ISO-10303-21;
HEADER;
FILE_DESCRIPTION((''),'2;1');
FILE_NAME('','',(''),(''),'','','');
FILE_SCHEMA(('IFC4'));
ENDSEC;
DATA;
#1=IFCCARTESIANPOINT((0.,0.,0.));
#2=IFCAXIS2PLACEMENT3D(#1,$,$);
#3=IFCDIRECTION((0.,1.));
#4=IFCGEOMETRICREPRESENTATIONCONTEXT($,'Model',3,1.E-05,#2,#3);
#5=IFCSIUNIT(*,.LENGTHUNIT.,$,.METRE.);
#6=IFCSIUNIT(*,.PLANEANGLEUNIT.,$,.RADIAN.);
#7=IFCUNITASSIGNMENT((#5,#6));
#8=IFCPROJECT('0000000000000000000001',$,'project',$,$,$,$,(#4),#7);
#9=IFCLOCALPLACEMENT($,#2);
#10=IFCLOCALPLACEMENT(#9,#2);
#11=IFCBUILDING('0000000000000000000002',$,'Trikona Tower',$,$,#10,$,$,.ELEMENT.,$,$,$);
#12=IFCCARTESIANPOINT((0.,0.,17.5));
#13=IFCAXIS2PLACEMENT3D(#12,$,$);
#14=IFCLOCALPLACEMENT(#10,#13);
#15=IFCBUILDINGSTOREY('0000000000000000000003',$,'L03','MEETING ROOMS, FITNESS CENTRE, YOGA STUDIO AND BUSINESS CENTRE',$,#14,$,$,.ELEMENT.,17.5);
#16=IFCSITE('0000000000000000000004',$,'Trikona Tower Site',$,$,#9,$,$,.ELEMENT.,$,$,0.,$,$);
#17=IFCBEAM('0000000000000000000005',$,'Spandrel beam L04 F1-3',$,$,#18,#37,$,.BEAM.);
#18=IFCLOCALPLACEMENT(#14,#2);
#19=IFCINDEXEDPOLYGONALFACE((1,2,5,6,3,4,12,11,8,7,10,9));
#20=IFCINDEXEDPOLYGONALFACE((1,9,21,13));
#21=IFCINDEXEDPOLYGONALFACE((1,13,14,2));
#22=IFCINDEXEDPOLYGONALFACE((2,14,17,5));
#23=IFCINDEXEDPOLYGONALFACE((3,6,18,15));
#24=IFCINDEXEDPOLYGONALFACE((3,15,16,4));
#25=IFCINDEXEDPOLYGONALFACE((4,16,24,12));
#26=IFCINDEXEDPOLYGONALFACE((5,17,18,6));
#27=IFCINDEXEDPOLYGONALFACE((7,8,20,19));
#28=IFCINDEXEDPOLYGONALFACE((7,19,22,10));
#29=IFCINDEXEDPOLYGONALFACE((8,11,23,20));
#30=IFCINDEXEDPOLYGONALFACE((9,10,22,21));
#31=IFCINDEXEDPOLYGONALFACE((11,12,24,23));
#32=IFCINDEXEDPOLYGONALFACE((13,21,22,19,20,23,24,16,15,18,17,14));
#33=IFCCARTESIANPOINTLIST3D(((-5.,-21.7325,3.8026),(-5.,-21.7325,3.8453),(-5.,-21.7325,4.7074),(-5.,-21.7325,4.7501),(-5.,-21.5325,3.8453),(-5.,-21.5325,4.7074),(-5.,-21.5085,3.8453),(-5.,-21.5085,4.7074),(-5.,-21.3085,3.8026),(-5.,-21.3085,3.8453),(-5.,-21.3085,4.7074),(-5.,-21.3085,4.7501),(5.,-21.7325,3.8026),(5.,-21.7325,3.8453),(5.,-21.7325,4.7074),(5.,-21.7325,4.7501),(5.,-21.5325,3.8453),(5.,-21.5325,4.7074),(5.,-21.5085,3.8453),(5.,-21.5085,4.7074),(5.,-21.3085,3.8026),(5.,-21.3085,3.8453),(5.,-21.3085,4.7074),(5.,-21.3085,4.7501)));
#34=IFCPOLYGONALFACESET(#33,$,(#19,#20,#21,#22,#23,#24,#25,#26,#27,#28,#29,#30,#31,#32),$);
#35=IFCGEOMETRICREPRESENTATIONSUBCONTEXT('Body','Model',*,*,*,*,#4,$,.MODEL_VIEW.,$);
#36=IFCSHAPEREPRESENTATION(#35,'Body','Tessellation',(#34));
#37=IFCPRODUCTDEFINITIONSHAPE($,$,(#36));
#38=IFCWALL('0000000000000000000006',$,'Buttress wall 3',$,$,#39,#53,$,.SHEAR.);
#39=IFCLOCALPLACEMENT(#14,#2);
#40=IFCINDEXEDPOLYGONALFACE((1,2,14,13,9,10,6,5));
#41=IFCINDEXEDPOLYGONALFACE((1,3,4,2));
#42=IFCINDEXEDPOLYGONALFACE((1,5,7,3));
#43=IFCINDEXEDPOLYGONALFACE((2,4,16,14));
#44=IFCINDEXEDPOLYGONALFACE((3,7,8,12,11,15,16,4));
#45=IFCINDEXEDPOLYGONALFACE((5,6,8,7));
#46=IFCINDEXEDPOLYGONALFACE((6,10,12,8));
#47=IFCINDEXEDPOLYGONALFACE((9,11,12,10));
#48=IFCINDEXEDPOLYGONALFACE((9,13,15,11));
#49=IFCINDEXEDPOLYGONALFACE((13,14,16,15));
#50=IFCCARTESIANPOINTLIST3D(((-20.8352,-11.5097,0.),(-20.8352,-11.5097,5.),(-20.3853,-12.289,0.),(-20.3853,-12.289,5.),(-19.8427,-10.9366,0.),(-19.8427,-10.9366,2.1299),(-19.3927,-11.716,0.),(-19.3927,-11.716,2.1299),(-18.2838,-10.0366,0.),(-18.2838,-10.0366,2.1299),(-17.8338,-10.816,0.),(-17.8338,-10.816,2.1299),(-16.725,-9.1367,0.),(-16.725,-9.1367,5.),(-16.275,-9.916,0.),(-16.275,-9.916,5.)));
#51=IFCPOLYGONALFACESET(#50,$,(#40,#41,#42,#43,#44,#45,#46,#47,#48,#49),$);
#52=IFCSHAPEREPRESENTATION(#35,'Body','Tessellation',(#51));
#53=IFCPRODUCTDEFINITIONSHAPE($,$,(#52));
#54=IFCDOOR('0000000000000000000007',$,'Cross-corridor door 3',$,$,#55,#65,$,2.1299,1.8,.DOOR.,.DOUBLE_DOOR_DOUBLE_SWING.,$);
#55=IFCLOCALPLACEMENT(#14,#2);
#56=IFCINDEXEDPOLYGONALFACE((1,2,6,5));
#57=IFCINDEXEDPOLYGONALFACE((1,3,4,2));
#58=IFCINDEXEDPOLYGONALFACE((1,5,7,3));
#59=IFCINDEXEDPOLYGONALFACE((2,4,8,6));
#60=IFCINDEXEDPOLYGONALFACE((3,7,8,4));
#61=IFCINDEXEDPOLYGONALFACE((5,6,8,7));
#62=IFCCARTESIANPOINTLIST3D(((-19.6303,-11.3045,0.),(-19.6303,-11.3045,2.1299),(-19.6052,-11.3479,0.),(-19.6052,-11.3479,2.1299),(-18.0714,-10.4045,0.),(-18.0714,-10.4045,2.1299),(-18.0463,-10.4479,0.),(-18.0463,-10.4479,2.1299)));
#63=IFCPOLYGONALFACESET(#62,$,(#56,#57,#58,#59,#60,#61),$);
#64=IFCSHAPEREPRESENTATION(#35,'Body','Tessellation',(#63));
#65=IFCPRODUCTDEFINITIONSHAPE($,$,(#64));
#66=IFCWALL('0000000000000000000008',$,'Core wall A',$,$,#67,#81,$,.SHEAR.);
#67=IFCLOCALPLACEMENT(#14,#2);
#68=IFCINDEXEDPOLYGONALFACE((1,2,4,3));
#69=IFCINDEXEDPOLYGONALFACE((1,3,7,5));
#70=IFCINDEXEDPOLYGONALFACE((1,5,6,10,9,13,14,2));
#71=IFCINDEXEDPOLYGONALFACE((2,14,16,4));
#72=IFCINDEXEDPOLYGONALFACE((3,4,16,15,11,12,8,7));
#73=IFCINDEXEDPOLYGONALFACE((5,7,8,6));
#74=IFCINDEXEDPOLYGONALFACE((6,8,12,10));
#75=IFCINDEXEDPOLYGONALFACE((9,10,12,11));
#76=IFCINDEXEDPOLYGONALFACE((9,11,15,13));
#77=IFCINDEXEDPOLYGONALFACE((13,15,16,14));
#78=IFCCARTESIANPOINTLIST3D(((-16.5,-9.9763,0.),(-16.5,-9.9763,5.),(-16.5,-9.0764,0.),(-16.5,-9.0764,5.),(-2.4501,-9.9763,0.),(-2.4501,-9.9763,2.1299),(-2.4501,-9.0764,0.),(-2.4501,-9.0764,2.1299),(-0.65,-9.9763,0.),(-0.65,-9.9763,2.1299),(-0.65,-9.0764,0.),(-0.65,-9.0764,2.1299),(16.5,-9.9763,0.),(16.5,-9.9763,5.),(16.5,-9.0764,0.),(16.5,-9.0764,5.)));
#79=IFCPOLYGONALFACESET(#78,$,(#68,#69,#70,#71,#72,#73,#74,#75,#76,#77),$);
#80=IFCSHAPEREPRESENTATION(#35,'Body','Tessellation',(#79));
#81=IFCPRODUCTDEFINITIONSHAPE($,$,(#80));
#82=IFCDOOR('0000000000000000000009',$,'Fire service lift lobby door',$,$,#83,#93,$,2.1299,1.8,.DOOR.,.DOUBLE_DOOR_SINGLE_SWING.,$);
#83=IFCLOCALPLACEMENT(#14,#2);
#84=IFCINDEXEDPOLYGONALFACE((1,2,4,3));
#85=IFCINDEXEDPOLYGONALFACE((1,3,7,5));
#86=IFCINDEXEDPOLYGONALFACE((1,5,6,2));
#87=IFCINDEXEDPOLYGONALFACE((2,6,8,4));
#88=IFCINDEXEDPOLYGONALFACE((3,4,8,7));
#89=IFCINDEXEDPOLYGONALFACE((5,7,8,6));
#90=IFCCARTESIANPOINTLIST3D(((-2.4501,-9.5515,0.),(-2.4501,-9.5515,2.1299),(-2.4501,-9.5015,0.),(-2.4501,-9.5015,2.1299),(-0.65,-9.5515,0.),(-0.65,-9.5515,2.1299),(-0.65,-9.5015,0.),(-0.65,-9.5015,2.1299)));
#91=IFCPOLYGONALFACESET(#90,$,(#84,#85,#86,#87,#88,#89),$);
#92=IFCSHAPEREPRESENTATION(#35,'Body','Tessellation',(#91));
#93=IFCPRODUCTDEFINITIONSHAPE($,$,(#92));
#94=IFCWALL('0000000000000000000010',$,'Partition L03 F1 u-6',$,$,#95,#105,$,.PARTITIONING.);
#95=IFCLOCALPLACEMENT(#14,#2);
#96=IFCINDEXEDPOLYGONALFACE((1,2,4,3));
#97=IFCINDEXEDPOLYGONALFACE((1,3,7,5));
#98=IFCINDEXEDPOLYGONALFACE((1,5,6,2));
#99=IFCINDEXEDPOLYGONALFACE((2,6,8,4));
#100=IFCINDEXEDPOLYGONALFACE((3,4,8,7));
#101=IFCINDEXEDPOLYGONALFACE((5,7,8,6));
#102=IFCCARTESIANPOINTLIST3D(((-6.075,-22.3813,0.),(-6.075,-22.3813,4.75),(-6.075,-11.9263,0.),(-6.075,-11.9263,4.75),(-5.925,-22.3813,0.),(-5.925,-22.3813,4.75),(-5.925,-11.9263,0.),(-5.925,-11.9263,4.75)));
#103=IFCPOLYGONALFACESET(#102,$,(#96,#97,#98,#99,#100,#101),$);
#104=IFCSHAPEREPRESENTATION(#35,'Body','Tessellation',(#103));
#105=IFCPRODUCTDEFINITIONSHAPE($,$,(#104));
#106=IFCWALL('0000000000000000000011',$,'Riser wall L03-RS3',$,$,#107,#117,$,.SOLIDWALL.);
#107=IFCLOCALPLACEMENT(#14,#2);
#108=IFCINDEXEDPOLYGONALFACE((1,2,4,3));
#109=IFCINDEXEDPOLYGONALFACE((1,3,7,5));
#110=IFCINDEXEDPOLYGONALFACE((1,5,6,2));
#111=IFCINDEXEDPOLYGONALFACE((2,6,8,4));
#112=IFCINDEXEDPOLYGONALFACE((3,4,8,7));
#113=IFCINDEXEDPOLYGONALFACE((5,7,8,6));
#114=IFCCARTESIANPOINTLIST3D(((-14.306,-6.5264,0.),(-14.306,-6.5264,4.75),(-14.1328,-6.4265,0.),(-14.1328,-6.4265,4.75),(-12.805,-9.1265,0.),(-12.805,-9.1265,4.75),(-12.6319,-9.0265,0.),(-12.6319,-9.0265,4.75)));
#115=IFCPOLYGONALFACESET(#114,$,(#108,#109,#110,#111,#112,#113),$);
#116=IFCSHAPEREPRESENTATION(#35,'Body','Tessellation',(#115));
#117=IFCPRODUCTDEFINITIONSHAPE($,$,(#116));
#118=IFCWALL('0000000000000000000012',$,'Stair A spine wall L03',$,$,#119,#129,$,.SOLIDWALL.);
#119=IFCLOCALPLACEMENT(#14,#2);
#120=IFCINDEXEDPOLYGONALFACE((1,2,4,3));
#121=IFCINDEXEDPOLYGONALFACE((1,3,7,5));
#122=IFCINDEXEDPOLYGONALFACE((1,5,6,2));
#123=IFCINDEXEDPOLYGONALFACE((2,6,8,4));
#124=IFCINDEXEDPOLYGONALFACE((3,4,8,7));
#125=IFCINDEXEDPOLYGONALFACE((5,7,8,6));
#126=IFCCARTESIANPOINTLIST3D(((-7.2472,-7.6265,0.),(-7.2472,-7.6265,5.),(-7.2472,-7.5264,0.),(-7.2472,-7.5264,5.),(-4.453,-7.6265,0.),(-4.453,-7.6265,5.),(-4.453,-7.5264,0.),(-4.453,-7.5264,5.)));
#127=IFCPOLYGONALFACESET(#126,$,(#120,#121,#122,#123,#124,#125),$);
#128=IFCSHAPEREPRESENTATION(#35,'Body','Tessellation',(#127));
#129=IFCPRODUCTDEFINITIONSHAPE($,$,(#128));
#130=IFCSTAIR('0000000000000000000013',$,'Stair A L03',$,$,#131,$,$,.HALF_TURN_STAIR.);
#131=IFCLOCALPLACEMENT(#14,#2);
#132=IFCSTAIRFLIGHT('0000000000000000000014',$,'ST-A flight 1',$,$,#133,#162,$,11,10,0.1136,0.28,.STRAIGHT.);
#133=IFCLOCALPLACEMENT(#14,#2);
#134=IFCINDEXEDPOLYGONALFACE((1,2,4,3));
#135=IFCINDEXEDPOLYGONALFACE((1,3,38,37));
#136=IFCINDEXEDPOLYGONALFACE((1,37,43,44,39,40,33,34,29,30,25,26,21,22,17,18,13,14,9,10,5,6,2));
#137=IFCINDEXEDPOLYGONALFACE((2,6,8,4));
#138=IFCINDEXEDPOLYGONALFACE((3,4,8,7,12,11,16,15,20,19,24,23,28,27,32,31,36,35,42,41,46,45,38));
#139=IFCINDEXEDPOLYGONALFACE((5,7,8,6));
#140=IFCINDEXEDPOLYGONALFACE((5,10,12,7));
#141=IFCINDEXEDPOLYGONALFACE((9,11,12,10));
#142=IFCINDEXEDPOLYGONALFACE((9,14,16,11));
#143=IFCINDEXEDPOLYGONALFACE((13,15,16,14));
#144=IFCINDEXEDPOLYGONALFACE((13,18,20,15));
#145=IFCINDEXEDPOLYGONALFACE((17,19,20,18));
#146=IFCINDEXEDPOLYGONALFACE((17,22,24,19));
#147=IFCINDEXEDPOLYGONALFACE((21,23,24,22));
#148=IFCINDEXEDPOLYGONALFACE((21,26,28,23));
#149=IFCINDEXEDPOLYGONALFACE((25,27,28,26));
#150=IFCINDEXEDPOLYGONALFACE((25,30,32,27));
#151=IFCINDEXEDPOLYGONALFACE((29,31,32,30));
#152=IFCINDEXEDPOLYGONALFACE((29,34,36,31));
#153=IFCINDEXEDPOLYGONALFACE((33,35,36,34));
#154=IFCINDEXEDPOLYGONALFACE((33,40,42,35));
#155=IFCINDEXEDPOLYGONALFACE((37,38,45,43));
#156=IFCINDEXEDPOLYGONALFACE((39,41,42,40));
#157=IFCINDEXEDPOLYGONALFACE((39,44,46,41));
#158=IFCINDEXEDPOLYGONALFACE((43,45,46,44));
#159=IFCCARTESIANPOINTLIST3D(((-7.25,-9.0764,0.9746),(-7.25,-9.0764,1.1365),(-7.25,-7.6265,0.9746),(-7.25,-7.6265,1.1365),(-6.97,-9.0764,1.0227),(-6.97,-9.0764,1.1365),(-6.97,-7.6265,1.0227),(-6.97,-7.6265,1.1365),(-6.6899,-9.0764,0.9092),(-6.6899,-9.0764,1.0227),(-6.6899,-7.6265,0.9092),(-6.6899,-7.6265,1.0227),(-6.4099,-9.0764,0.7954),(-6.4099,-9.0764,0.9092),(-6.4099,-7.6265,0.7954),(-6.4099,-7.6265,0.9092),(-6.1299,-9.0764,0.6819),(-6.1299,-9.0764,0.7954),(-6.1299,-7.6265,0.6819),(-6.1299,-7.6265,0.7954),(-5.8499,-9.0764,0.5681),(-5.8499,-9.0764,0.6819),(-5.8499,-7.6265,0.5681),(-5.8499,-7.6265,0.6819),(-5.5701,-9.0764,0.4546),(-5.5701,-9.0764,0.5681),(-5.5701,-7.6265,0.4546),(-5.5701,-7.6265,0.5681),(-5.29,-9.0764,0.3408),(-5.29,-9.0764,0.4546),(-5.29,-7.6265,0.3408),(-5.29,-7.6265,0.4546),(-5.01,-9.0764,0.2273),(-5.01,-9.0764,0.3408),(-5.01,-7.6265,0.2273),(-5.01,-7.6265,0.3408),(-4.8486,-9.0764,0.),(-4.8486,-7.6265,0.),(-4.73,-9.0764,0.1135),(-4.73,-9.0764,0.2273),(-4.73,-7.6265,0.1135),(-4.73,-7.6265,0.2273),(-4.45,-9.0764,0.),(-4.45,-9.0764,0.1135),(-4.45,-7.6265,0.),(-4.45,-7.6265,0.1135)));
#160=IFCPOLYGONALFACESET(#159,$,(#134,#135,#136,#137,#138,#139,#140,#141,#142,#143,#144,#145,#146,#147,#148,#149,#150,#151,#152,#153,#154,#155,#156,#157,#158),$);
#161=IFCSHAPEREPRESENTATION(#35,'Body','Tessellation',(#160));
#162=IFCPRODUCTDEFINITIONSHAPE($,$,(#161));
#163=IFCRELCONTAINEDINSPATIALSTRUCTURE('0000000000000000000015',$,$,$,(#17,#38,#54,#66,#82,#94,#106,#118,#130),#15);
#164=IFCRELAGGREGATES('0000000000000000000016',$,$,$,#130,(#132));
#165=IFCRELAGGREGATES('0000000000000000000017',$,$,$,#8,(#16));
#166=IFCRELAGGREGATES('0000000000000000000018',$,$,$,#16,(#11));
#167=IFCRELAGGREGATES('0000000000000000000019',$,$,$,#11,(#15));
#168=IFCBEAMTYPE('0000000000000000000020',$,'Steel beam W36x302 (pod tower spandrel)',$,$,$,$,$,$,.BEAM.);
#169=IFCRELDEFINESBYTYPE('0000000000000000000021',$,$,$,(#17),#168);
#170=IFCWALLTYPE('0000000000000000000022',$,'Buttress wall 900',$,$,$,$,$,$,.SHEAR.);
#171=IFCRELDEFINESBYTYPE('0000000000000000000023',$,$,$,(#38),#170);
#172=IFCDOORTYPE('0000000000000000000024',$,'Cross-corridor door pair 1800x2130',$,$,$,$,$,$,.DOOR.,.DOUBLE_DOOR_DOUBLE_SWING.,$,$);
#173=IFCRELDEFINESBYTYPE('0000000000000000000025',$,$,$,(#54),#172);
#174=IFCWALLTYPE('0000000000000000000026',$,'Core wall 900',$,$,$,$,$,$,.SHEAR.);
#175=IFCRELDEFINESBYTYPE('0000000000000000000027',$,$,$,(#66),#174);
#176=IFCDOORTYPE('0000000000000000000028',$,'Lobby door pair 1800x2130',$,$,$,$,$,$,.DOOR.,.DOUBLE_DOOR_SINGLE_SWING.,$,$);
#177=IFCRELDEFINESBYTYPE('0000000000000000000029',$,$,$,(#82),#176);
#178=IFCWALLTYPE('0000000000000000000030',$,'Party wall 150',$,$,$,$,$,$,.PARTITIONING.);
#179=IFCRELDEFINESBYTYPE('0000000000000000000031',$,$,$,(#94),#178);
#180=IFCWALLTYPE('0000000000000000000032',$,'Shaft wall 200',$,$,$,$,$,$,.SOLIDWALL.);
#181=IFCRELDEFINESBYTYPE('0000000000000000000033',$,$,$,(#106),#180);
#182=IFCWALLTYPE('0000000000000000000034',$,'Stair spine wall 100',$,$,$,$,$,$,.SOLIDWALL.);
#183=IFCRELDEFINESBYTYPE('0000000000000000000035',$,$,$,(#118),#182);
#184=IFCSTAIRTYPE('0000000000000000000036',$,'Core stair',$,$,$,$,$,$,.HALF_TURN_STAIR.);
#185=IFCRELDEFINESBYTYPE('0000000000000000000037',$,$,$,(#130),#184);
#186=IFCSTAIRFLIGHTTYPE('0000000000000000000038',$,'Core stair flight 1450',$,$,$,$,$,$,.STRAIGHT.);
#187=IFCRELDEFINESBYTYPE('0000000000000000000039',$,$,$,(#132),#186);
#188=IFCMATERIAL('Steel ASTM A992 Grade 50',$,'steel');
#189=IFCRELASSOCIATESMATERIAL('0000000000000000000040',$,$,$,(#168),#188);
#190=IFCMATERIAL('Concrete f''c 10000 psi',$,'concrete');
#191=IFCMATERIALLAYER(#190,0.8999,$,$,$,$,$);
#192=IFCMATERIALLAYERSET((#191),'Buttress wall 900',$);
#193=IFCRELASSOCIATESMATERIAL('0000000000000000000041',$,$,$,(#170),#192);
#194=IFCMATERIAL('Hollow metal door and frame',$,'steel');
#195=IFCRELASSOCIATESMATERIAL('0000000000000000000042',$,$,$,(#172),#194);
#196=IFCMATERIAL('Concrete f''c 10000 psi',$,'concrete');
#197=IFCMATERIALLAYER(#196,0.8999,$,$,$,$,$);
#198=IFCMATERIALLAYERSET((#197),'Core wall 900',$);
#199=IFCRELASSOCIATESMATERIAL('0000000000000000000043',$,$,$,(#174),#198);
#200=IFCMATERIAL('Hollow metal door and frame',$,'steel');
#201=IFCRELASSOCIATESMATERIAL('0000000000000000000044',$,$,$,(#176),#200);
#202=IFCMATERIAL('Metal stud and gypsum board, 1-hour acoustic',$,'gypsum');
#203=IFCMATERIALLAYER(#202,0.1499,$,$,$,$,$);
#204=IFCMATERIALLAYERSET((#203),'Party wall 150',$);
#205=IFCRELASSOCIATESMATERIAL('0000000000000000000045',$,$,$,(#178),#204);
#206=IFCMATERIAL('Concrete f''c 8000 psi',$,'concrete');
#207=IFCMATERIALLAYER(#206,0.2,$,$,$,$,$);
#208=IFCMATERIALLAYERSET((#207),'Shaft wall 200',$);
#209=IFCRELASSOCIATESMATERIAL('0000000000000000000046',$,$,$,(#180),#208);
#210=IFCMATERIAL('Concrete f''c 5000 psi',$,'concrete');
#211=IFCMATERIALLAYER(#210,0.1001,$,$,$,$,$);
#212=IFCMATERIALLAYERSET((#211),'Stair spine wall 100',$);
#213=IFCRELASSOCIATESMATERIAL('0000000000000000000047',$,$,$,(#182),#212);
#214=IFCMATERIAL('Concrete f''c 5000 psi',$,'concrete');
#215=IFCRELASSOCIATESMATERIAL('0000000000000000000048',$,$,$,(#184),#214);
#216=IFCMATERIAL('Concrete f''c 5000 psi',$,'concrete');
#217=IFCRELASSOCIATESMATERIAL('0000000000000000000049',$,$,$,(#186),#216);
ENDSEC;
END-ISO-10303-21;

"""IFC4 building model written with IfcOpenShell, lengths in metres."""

from ifc_helpers import new_model, si_unit, direction, frame, frame_2d, origin, origin_2d, place, context, subcontext, project, spatial, polyline, rectangle, i_section, outline, extrude, material, layer, layer_set, material_profile, profile_set, type_object, element, fill, aggregate, save


model = new_model("IFC4")

# Units and contexts
model_context = context("Model", 3, precision=1e-05, world=origin(), true_north=direction((0.0, 1.0)))
body_context = subcontext(model_context, "Body", "Model", "MODEL_VIEW")
ifc_project = project(units=[si_unit("LENGTHUNIT", "METRE"), si_unit("PLANEANGLEUNIT", "RADIAN")], contexts=[model_context])

# Site, building, storey
site_placement = place(None, origin())
site = spatial("IfcSite", under=ifc_project, at=site_placement, Name="Trikona Tower Site", CompositionType="ELEMENT", RefElevation=0.0)
building_placement = place(site_placement, origin())
building = spatial("IfcBuilding", under=site, at=building_placement, Name="Trikona Tower", CompositionType="ELEMENT")
storey_placement = place(building_placement, frame((0.0, 0.0, 17.5)))
storey = spatial("IfcBuildingStorey", under=building, at=storey_placement, Name="L03", Description="MEETING ROOMS, FITNESS CENTRE, YOGA STUDIO AND BUSINESS CENTRE", CompositionType="ELEMENT", Elevation=17.5)

# Beam
ifc_material_1 = material(Name="Steel ASTM A992 Grade 50", Category="steel")
ifc_material_profile_1 = material_profile(ifc_material_1, i_section(OverallWidth=0.4241, OverallDepth=0.9475, WebThickness=0.0239, FlangeThickness=0.0427, at=origin_2d()), Name="W36X302")
ifc_profile_set_1 = profile_set([ifc_material_profile_1], Name="Steel ASTM A992 Grade 50")
beam_type_1 = type_object("IfcBeamType", Name="Steel beam W36x302 (pod tower spandrel)", PredefinedType="BEAM", material=ifc_profile_set_1)
beam_1_placement = place(storey_placement, frame((-5.0, -21.5205, 4.2764), z_axis=(1.0, 0.0, 0.0), x_axis=(0.0, 1.0, 0.0)))
element("IfcBeam", 1, at=beam_1_placement, inside=storey, type_object=beam_type_1, Name="Spandrel beam L04 F1-3", PredefinedType="BEAM", context=body_context, shape_type="SweptSolid", body=[
    extrude(i_section(OverallWidth=0.4241, OverallDepth=0.9475, WebThickness=0.0239, FlangeThickness=0.0427, at=origin_2d()), origin(), (0.0, 0.0, 1.0), 10.0),
])

# Walls, openings, doors
ifc_material_2 = material(Name="Concrete f'c 10000 psi", Category="concrete")
ifc_layer_1 = layer(ifc_material_2, 0.8999)
ifc_layer_set_1 = layer_set([ifc_layer_1], Name="Buttress wall 900")
wall_type_1 = type_object("IfcWallType", Name="Buttress wall 900", PredefinedType="SHEAR", material=ifc_layer_set_1)
wall_1_placement = place(storey_placement, frame((-16.5, -9.5264, 0.0), z_axis=(0.0, 0.0, 1.0), x_axis=(-0.866031, -0.49999, 0.0)))
wall_1 = element("IfcWall", 2, at=wall_1_placement, inside=storey, type_object=wall_type_1, Name="Buttress wall 3", PredefinedType="SHEAR", context=body_context, shape_type="SweptSolid", body=[
    extrude(rectangle(XDim=4.7461, YDim=0.8999, at=frame_2d((2.373, 0.0))), origin(), (0.0, 0.0, 1.0), 5.0),
])
opening_1_placement = place(wall_1_placement, frame((1.8, 0.0, 0.0)))
opening_1 = element("IfcOpeningElement", 3, at=opening_1_placement, cuts=wall_1, PredefinedType="OPENING", context=body_context, shape_type="SweptSolid", body=[
    extrude(rectangle(XDim=1.8, YDim=2.1299, at=frame_2d((0.8999, 1.0649))), frame((0.0, 0.46, 0.0), z_axis=(0.0, -1.0, 0.0), x_axis=(1.0, 0.0, 0.0)), (0.0, 0.0, 1.0), 0.9199),
])
ifc_material_3 = material(Name="Hollow metal door and frame", Category="steel")
door_type_1 = type_object("IfcDoorType", Name="Cross-corridor door pair 1800x2130", OperationType="DOUBLE_DOOR_DOUBLE_SWING", PredefinedType="DOOR", material=ifc_material_3)
door_1_placement = place(opening_1_placement, origin())
door_1 = element("IfcDoor", 4, at=door_1_placement, inside=storey, type_object=door_type_1, Name="Cross-corridor door 3", OperationType="DOUBLE_DOOR_DOUBLE_SWING", OverallHeight=2.1299, OverallWidth=1.8, PredefinedType="DOOR", context=body_context, shape_type="SweptSolid", body=[
    extrude(rectangle(XDim=1.8, YDim=2.1299, at=frame_2d((0.8999, 1.0649))), frame((0.0, 0.0249, 0.0), z_axis=(0.0, -1.0, 0.0), x_axis=(1.0, 0.0, 0.0)), (0.0, 0.0, 1.0), 0.05),
])
fill(opening_1, door_1)
ifc_material_4 = material(Name="Concrete f'c 10000 psi", Category="concrete")
ifc_layer_2 = layer(ifc_material_4, 0.8999)
ifc_layer_set_2 = layer_set([ifc_layer_2], Name="Core wall 900")
wall_type_2 = type_object("IfcWallType", Name="Core wall 900", PredefinedType="SHEAR", material=ifc_layer_set_2)
wall_2_placement = place(storey_placement, frame((-16.5, -9.5264, 0.0), z_axis=(0.0, 0.0, 1.0), x_axis=(1.0, 0.0, 0.0)))
wall_2 = element("IfcWall", 5, at=wall_2_placement, inside=storey, type_object=wall_type_2, Name="Core wall A", PredefinedType="SHEAR", context=body_context, shape_type="SweptSolid", body=[
    extrude(rectangle(XDim=33.0, YDim=0.8999, at=frame_2d((16.5, 0.0))), origin(), (0.0, 0.0, 1.0), 5.0),
])
opening_2_placement = place(wall_2_placement, frame((14.05, 0.0, 0.0)))
opening_2 = element("IfcOpeningElement", 6, at=opening_2_placement, cuts=wall_2, PredefinedType="OPENING", context=body_context, shape_type="SweptSolid", body=[
    extrude(rectangle(XDim=1.8, YDim=2.1299, at=frame_2d((0.8999, 1.0649))), frame((0.0, 0.46, 0.0), z_axis=(0.0, -1.0, 0.0), x_axis=(1.0, 0.0, 0.0)), (0.0, 0.0, 1.0), 0.9199),
])
ifc_material_5 = material(Name="Hollow metal door and frame", Category="steel")
door_type_2 = type_object("IfcDoorType", Name="Lobby door pair 1800x2130", OperationType="DOUBLE_DOOR_SINGLE_SWING", PredefinedType="DOOR", material=ifc_material_5)
door_2_placement = place(opening_2_placement, origin())
door_2 = element("IfcDoor", 7, at=door_2_placement, inside=storey, type_object=door_type_2, Name="Fire service lift lobby door", OperationType="DOUBLE_DOOR_SINGLE_SWING", OverallHeight=2.1299, OverallWidth=1.8, PredefinedType="DOOR", context=body_context, shape_type="SweptSolid", body=[
    extrude(rectangle(XDim=1.8, YDim=2.1299, at=frame_2d((0.8999, 1.0649))), frame((0.0, 0.0249, 0.0), z_axis=(0.0, -1.0, 0.0), x_axis=(1.0, 0.0, 0.0)), (0.0, 0.0, 1.0), 0.05),
])
fill(opening_2, door_2)

# Walls
ifc_material_6 = material(Name="Metal stud and gypsum board, 1-hour acoustic", Category="gypsum")
ifc_layer_3 = layer(ifc_material_6, 0.1499)
ifc_layer_set_3 = layer_set([ifc_layer_3], Name="Party wall 150")
wall_type_3 = type_object("IfcWallType", Name="Party wall 150", PredefinedType="PARTITIONING", material=ifc_layer_set_3)
wall_3_placement = place(storey_placement, frame((-6.0, -11.9263, 0.0), z_axis=(0.0, 0.0, 1.0), x_axis=(0.0, -1.0, 0.0)))
element("IfcWall", 8, at=wall_3_placement, inside=storey, type_object=wall_type_3, Name="Partition L03 F1 u-6", PredefinedType="PARTITIONING", context=body_context, shape_type="SweptSolid", body=[
    extrude(rectangle(XDim=10.4551, YDim=0.1499, at=frame_2d((5.2275, 0.0))), origin(), (0.0, 0.0, 1.0), 4.75),
])
ifc_material_7 = material(Name="Concrete f'c 8000 psi", Category="concrete")
ifc_layer_4 = layer(ifc_material_7, 0.2)
ifc_layer_set_4 = layer_set([ifc_layer_4], Name="Shaft wall 200")
wall_type_4 = type_object("IfcWallType", Name="Shaft wall 200", PredefinedType="SOLIDWALL", material=ifc_layer_set_4)
wall_4_placement = place(storey_placement, frame((-12.7185, -9.0764, 0.0), z_axis=(0.0, 0.0, 1.0), x_axis=(-0.499952, 0.866053, 0.0)))
element("IfcWall", 9, at=wall_4_placement, inside=storey, type_object=wall_type_4, Name="Riser wall L03-RS3", PredefinedType="SOLIDWALL", context=body_context, shape_type="SweptSolid", body=[
    extrude(rectangle(XDim=3.0022, YDim=0.2, at=frame_2d((1.501, 0.0))), origin(), (0.0, 0.0, 1.0), 4.75),
])
ifc_material_8 = material(Name="Concrete f'c 5000 psi", Category="concrete")
ifc_layer_5 = layer(ifc_material_8, 0.1001)
ifc_layer_set_5 = layer_set([ifc_layer_5], Name="Stair spine wall 100")
wall_type_5 = type_object("IfcWallType", Name="Stair spine wall 100", PredefinedType="SOLIDWALL", material=ifc_layer_set_5)
wall_5_placement = place(storey_placement, frame((-7.2471, -7.5764, 0.0), z_axis=(0.0, 0.0, 1.0), x_axis=(1.0, 0.0, 0.0)))
element("IfcWall", 10, at=wall_5_placement, inside=storey, type_object=wall_type_5, Name="Stair A spine wall L03", PredefinedType="SOLIDWALL", context=body_context, shape_type="SweptSolid", body=[
    extrude(rectangle(XDim=2.7942, YDim=0.1001, at=frame_2d((1.397, 0.0))), origin(), (0.0, 0.0, 1.0), 5.0),
])

# Stair, stair flight
ifc_material_9 = material(Name="Concrete f'c 5000 psi", Category="concrete")
stair_type = type_object("IfcStairType", Name="Core stair", PredefinedType="HALF_TURN_STAIR", material=ifc_material_9)
stair_placement = place(storey_placement, origin())
stair = element("IfcStair", 11, at=stair_placement, inside=storey, type_object=stair_type, Name="Stair A L03", PredefinedType="HALF_TURN_STAIR")
ifc_material_10 = material(Name="Concrete f'c 5000 psi", Category="concrete")
stair_flight_type = type_object("IfcStairFlightType", Name="Core stair flight 1450", PredefinedType="STRAIGHT", material=ifc_material_10)
stair_flight_1_placement = place(storey_placement, frame((-4.45, -8.3513, 0.0), z_axis=(0.0, 0.0, 1.0), x_axis=(-1.0, 0.0, 0.0)))
stair_flight_1 = element("IfcStairFlight", 12, at=stair_flight_1_placement, type_object=stair_flight_type, Name="ST-A flight 1", NumberOfRisers=11, NumberOfTreads=10, PredefinedType="STRAIGHT", RiserHeight=0.1136, TreadLength=0.28, context=body_context, shape_type="SweptSolid", body=[
    extrude(outline(polyline([(0.0, 0.0), (0.0, 0.1135), (0.28, 0.1135), (0.28, 0.2273), (0.5601, 0.2273), (0.5601, 0.3408), (0.8401, 0.3408), (0.8401, 0.4546), (1.1201, 0.4546), (1.1201, 0.5681), (1.3999, 0.5681), (1.3999, 0.6819), (1.6799, 0.6819), (1.6799, 0.7954), (1.96, 0.7954), (1.96, 0.9092), (2.24, 0.9092), (2.24, 1.0227), (2.52, 1.0227), (2.52, 1.1365), (2.8, 1.1365), (2.8, 1.25), (2.8, 0.9746), (0.3987, 0.0), (0.0, 0.0)])), frame((0.0, 0.7251, 0.0), z_axis=(0.0, -1.0, 0.0), x_axis=(1.0, 0.0, 0.0)), (0.0, 0.0, 1.0), 1.45),
])
aggregate(stair, [stair_flight_1])

save(model, "model.ifc")
